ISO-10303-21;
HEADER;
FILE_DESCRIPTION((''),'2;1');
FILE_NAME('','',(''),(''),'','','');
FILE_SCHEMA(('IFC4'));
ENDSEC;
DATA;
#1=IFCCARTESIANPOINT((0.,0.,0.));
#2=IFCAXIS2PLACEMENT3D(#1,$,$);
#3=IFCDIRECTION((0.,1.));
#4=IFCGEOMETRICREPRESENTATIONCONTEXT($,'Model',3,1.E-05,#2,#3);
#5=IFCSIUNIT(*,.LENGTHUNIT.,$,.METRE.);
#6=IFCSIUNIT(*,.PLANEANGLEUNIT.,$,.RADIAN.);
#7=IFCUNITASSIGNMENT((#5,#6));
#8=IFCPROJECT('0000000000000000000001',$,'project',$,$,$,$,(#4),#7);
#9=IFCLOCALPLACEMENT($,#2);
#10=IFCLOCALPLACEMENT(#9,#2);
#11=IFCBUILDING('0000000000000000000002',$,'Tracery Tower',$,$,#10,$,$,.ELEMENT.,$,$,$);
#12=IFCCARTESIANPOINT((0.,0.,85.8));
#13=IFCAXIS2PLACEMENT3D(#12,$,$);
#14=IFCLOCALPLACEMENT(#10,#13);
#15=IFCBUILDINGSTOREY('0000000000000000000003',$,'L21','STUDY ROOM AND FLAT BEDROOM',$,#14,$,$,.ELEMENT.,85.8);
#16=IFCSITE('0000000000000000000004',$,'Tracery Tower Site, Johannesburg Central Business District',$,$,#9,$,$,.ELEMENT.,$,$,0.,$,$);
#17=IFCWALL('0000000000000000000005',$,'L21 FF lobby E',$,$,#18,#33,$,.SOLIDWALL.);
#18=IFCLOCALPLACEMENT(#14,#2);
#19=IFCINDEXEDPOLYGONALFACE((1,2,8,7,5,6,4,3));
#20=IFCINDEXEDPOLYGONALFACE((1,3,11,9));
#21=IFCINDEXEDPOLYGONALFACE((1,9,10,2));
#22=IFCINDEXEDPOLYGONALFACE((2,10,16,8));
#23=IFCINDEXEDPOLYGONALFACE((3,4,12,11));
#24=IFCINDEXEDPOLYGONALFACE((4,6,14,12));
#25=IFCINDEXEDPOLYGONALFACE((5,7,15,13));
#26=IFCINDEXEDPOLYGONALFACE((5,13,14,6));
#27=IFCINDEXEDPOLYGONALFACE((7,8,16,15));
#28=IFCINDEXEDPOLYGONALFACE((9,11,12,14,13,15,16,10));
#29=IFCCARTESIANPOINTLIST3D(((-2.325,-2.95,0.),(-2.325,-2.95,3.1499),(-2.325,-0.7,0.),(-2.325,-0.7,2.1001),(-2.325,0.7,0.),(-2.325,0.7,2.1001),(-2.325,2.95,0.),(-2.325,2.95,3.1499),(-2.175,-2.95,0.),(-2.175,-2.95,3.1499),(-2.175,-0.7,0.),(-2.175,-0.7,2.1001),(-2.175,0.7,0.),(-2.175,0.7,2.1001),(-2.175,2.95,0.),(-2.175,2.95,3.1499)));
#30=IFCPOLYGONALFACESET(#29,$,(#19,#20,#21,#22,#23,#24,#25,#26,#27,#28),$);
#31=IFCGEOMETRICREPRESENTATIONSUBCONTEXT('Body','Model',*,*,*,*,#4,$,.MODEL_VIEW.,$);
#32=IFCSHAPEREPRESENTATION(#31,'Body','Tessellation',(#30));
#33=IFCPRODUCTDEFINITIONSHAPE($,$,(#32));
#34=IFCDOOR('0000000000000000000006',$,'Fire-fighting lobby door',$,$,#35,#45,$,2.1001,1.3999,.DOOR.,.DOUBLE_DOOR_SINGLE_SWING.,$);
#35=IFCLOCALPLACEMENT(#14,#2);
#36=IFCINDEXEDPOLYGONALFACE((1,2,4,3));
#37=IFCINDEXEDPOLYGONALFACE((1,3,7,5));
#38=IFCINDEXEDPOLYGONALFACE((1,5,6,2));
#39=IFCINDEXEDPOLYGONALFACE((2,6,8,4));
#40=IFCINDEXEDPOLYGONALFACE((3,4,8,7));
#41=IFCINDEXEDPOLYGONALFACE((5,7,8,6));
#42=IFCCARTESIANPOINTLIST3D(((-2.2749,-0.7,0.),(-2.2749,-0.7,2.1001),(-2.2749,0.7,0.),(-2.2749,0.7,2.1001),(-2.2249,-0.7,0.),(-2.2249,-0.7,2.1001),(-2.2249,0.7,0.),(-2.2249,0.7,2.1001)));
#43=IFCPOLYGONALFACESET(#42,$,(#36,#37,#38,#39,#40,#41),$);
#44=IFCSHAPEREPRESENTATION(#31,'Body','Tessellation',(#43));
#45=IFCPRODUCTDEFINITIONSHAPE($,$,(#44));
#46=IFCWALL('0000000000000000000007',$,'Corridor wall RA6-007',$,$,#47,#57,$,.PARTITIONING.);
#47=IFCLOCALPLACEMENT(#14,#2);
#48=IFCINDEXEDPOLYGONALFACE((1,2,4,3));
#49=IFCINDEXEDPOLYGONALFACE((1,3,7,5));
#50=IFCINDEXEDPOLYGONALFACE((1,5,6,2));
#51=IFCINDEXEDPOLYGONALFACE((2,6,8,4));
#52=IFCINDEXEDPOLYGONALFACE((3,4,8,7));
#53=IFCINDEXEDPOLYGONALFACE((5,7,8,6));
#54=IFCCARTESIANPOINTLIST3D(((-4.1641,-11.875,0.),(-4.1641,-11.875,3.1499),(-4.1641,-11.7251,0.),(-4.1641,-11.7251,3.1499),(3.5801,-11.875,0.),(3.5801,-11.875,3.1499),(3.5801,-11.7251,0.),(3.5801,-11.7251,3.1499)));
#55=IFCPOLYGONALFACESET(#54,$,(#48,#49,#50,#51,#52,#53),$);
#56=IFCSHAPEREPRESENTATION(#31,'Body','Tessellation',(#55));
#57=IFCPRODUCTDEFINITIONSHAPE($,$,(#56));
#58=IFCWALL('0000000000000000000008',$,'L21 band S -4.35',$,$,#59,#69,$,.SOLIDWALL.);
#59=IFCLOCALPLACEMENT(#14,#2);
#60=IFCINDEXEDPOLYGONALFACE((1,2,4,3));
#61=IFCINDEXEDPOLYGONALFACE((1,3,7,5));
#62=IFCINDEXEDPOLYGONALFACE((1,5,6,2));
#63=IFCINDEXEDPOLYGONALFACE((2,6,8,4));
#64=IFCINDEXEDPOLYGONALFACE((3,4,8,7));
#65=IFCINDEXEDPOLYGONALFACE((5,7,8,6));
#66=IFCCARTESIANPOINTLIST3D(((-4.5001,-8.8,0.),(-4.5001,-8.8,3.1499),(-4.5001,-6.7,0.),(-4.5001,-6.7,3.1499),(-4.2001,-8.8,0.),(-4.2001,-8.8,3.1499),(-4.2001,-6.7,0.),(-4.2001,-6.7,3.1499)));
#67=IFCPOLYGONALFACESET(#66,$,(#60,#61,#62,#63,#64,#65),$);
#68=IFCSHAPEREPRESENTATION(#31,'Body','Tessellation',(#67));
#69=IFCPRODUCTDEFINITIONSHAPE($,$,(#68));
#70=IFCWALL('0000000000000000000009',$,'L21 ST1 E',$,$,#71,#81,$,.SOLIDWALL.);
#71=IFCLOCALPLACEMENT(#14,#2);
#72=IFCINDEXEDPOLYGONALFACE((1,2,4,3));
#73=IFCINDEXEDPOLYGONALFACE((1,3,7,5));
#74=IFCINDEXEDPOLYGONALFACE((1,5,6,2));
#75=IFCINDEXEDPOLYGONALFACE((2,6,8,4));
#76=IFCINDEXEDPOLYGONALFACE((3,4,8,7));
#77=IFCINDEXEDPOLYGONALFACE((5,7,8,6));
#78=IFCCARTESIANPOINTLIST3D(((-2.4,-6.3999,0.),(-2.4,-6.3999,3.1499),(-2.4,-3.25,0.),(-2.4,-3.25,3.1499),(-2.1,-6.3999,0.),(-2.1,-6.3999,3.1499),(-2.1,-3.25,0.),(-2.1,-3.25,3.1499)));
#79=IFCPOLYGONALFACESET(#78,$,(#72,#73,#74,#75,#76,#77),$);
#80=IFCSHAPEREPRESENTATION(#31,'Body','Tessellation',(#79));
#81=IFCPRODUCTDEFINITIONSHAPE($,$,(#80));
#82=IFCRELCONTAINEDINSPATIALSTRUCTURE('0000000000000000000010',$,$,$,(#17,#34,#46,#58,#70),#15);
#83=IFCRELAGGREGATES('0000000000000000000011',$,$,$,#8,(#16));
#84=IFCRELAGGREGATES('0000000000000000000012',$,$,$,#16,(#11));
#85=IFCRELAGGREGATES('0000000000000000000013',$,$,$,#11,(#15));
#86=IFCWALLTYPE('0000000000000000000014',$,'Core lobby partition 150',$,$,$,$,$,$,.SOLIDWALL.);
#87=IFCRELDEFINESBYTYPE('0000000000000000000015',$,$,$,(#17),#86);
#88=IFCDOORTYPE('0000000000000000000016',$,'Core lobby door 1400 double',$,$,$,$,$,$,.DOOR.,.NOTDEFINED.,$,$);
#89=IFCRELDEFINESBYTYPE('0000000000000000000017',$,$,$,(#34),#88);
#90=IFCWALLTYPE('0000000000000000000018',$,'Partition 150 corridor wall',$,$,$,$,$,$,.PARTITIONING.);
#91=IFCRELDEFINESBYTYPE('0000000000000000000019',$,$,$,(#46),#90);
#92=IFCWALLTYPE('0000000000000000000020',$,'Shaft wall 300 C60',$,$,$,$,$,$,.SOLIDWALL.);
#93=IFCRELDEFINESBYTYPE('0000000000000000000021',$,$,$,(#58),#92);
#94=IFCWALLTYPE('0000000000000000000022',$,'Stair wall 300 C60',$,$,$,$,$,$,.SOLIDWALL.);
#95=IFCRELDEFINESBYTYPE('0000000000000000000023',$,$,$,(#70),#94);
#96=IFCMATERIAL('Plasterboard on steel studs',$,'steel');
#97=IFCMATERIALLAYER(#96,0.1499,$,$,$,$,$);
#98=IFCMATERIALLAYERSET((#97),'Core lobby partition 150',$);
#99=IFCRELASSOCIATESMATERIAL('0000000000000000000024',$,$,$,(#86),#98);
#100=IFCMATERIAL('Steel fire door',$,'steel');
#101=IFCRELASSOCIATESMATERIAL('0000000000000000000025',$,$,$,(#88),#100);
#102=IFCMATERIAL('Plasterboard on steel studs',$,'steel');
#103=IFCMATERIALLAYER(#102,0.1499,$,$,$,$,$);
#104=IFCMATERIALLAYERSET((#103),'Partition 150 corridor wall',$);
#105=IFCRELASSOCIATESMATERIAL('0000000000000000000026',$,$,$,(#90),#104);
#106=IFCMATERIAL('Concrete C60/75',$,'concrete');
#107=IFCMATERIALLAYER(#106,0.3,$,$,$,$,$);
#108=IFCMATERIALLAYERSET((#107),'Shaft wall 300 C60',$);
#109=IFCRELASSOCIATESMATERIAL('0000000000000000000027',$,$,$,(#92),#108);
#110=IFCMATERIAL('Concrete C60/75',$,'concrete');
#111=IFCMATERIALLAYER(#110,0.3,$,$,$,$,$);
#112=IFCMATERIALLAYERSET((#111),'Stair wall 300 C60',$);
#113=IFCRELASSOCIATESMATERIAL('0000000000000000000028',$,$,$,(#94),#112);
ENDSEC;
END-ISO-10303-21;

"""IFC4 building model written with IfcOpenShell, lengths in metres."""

from ifc_helpers import new_model, si_unit, direction, frame, frame_2d, origin, place, context, subcontext, project, spatial, rectangle, extrude, material, layer, layer_set, type_object, element, fill, save


model = new_model("IFC4")

# Units and contexts
model_context = context("Model", 3, precision=1e-05, world=origin(), true_north=direction((0.0, 1.0)))
body_context = subcontext(model_context, "Body", "Model", "MODEL_VIEW")
ifc_project = project(units=[si_unit("LENGTHUNIT", "METRE"), si_unit("PLANEANGLEUNIT", "RADIAN")], contexts=[model_context])

# Site, building, storey
site_placement = place(None, origin())
site = spatial("IfcSite", under=ifc_project, at=site_placement, Name="Tracery Tower Site, Johannesburg Central Business District", CompositionType="ELEMENT", RefElevation=0.0)
building_placement = place(site_placement, origin())
building = spatial("IfcBuilding", under=site, at=building_placement, Name="Tracery Tower", CompositionType="ELEMENT")
storey_placement = place(building_placement, frame((0.0, 0.0, 85.8)))
storey = spatial("IfcBuildingStorey", under=building, at=storey_placement, Name="L21", Description="STUDY ROOM AND FLAT BEDROOM", CompositionType="ELEMENT", Elevation=85.8)

# Wall, opening, door
ifc_material_1 = material(Name="Plasterboard on steel studs", Category="steel")
ifc_layer_1 = layer(ifc_material_1, 0.1499)
ifc_layer_set_1 = layer_set([ifc_layer_1], Name="Core lobby partition 150")
wall_type_1 = type_object("IfcWallType", Name="Core lobby partition 150", PredefinedType="SOLIDWALL", material=ifc_layer_set_1)
wall_1_placement = place(storey_placement, frame((-2.25, -2.95, 0.0), z_axis=(0.0, 0.0, 1.0), x_axis=(0.0, 1.0, 0.0)))
wall_1 = element("IfcWall", 1, at=wall_1_placement, inside=storey, type_object=wall_type_1, Name="L21 FF lobby E", PredefinedType="SOLIDWALL", context=body_context, shape_type="SweptSolid", body=[
    extrude(rectangle(XDim=5.8999, YDim=0.1499, at=frame_2d((2.95, 0.0))), origin(), (0.0, 0.0, 1.0), 3.1499),
])
opening_1_placement = place(wall_1_placement, frame((2.25, 0.0, 0.0)))
opening_1 = element("IfcOpeningElement", 2, at=opening_1_placement, cuts=wall_1, PredefinedType="OPENING", context=body_context, shape_type="SweptSolid", body=[
    extrude(rectangle(XDim=1.3999, YDim=2.1001, at=frame_2d((0.7, 1.05))), frame((0.0, 0.075, 0.0), z_axis=(0.0, -1.0, 0.0), x_axis=(1.0, 0.0, 0.0)), (0.0, 0.0, 1.0), 0.1499),
])
ifc_material_2 = material(Name="Steel fire door", Category="steel")
door_type_1 = type_object("IfcDoorType", Name="Core lobby door 1400 double", OperationType="NOTDEFINED", PredefinedType="DOOR", material=ifc_material_2)
door_1_placement = place(opening_1_placement, origin())
door_1 = element("IfcDoor", 3, at=door_1_placement, inside=storey, type_object=door_type_1, Name="Fire-fighting lobby door", OperationType="DOUBLE_DOOR_SINGLE_SWING", OverallHeight=2.1001, OverallWidth=1.3999, PredefinedType="DOOR", context=body_context, shape_type="SweptSolid", body=[
    extrude(rectangle(XDim=1.3999, YDim=2.1001, at=frame_2d((0.7, 1.05))), frame((0.0, 0.0249, 0.0), z_axis=(0.0, -1.0, 0.0), x_axis=(1.0, 0.0, 0.0)), (0.0, 0.0, 1.0), 0.05),
])
fill(opening_1, door_1)

# Wall
ifc_material_3 = material(Name="Plasterboard on steel studs", Category="steel")
ifc_layer_2 = layer(ifc_material_3, 0.1499)
ifc_layer_set_2 = layer_set([ifc_layer_2], Name="Partition 150 corridor wall")
wall_type_2 = type_object("IfcWallType", Name="Partition 150 corridor wall", PredefinedType="PARTITIONING", material=ifc_layer_set_2)
wall_2_placement = place(storey_placement, frame((-4.1641, -11.8, 0.0), z_axis=(0.0, 0.0, 1.0), x_axis=(1.0, 0.0, 0.0)))
element("IfcWall", 4, at=wall_2_placement, inside=storey, type_object=wall_type_2, Name="Corridor wall RA6-007", PredefinedType="PARTITIONING", context=body_context, shape_type="SweptSolid", body=[
    extrude(rectangle(XDim=7.7441, YDim=0.1499, at=frame_2d((3.8721, 0.0))), origin(), (0.0, 0.0, 1.0), 3.1499),
])

# Shared definitions
ifc_material_4 = material(Name="Concrete C60/75", Category="concrete")
ifc_layer_3 = layer(ifc_material_4, 0.3)
ifc_layer_set_3 = layer_set([ifc_layer_3], Name="Shaft wall 300 C60")
wall_type_3 = type_object("IfcWallType", Name="Shaft wall 300 C60", PredefinedType="SOLIDWALL", material=ifc_layer_set_3)

# Wall
wall_3_placement = place(storey_placement, frame((-4.3501, -8.8, 0.0), z_axis=(0.0, 0.0, 1.0), x_axis=(0.0, 1.0, 0.0)))
element("IfcWall", 5, at=wall_3_placement, inside=storey, type_object=wall_type_3, Name="L21 band S -4.35", PredefinedType="SOLIDWALL", context=body_context, shape_type="SweptSolid", body=[
    extrude(rectangle(XDim=2.1001, YDim=0.3, at=frame_2d((1.05, 0.0))), origin(), (0.0, 0.0, 1.0), 3.1499),
])

# Shared definitions
ifc_material_5 = material(Name="Concrete C60/75", Category="concrete")
ifc_layer_4 = layer(ifc_material_5, 0.3)
ifc_layer_set_4 = layer_set([ifc_layer_4], Name="Stair wall 300 C60")
wall_type_4 = type_object("IfcWallType", Name="Stair wall 300 C60", PredefinedType="SOLIDWALL", material=ifc_layer_set_4)

# Wall
wall_4_placement = place(storey_placement, frame((-2.25, -6.3999, 0.0), z_axis=(0.0, 0.0, 1.0), x_axis=(0.0, 1.0, 0.0)))
element("IfcWall", 6, at=wall_4_placement, inside=storey, type_object=wall_type_4, Name="L21 ST1 E", PredefinedType="SOLIDWALL", context=body_context, shape_type="SweptSolid", body=[
    extrude(rectangle(XDim=3.1499, YDim=0.3, at=frame_2d((1.575, 0.0))), origin(), (0.0, 0.0, 1.0), 3.1499),
])

save(model, "model.ifc")
